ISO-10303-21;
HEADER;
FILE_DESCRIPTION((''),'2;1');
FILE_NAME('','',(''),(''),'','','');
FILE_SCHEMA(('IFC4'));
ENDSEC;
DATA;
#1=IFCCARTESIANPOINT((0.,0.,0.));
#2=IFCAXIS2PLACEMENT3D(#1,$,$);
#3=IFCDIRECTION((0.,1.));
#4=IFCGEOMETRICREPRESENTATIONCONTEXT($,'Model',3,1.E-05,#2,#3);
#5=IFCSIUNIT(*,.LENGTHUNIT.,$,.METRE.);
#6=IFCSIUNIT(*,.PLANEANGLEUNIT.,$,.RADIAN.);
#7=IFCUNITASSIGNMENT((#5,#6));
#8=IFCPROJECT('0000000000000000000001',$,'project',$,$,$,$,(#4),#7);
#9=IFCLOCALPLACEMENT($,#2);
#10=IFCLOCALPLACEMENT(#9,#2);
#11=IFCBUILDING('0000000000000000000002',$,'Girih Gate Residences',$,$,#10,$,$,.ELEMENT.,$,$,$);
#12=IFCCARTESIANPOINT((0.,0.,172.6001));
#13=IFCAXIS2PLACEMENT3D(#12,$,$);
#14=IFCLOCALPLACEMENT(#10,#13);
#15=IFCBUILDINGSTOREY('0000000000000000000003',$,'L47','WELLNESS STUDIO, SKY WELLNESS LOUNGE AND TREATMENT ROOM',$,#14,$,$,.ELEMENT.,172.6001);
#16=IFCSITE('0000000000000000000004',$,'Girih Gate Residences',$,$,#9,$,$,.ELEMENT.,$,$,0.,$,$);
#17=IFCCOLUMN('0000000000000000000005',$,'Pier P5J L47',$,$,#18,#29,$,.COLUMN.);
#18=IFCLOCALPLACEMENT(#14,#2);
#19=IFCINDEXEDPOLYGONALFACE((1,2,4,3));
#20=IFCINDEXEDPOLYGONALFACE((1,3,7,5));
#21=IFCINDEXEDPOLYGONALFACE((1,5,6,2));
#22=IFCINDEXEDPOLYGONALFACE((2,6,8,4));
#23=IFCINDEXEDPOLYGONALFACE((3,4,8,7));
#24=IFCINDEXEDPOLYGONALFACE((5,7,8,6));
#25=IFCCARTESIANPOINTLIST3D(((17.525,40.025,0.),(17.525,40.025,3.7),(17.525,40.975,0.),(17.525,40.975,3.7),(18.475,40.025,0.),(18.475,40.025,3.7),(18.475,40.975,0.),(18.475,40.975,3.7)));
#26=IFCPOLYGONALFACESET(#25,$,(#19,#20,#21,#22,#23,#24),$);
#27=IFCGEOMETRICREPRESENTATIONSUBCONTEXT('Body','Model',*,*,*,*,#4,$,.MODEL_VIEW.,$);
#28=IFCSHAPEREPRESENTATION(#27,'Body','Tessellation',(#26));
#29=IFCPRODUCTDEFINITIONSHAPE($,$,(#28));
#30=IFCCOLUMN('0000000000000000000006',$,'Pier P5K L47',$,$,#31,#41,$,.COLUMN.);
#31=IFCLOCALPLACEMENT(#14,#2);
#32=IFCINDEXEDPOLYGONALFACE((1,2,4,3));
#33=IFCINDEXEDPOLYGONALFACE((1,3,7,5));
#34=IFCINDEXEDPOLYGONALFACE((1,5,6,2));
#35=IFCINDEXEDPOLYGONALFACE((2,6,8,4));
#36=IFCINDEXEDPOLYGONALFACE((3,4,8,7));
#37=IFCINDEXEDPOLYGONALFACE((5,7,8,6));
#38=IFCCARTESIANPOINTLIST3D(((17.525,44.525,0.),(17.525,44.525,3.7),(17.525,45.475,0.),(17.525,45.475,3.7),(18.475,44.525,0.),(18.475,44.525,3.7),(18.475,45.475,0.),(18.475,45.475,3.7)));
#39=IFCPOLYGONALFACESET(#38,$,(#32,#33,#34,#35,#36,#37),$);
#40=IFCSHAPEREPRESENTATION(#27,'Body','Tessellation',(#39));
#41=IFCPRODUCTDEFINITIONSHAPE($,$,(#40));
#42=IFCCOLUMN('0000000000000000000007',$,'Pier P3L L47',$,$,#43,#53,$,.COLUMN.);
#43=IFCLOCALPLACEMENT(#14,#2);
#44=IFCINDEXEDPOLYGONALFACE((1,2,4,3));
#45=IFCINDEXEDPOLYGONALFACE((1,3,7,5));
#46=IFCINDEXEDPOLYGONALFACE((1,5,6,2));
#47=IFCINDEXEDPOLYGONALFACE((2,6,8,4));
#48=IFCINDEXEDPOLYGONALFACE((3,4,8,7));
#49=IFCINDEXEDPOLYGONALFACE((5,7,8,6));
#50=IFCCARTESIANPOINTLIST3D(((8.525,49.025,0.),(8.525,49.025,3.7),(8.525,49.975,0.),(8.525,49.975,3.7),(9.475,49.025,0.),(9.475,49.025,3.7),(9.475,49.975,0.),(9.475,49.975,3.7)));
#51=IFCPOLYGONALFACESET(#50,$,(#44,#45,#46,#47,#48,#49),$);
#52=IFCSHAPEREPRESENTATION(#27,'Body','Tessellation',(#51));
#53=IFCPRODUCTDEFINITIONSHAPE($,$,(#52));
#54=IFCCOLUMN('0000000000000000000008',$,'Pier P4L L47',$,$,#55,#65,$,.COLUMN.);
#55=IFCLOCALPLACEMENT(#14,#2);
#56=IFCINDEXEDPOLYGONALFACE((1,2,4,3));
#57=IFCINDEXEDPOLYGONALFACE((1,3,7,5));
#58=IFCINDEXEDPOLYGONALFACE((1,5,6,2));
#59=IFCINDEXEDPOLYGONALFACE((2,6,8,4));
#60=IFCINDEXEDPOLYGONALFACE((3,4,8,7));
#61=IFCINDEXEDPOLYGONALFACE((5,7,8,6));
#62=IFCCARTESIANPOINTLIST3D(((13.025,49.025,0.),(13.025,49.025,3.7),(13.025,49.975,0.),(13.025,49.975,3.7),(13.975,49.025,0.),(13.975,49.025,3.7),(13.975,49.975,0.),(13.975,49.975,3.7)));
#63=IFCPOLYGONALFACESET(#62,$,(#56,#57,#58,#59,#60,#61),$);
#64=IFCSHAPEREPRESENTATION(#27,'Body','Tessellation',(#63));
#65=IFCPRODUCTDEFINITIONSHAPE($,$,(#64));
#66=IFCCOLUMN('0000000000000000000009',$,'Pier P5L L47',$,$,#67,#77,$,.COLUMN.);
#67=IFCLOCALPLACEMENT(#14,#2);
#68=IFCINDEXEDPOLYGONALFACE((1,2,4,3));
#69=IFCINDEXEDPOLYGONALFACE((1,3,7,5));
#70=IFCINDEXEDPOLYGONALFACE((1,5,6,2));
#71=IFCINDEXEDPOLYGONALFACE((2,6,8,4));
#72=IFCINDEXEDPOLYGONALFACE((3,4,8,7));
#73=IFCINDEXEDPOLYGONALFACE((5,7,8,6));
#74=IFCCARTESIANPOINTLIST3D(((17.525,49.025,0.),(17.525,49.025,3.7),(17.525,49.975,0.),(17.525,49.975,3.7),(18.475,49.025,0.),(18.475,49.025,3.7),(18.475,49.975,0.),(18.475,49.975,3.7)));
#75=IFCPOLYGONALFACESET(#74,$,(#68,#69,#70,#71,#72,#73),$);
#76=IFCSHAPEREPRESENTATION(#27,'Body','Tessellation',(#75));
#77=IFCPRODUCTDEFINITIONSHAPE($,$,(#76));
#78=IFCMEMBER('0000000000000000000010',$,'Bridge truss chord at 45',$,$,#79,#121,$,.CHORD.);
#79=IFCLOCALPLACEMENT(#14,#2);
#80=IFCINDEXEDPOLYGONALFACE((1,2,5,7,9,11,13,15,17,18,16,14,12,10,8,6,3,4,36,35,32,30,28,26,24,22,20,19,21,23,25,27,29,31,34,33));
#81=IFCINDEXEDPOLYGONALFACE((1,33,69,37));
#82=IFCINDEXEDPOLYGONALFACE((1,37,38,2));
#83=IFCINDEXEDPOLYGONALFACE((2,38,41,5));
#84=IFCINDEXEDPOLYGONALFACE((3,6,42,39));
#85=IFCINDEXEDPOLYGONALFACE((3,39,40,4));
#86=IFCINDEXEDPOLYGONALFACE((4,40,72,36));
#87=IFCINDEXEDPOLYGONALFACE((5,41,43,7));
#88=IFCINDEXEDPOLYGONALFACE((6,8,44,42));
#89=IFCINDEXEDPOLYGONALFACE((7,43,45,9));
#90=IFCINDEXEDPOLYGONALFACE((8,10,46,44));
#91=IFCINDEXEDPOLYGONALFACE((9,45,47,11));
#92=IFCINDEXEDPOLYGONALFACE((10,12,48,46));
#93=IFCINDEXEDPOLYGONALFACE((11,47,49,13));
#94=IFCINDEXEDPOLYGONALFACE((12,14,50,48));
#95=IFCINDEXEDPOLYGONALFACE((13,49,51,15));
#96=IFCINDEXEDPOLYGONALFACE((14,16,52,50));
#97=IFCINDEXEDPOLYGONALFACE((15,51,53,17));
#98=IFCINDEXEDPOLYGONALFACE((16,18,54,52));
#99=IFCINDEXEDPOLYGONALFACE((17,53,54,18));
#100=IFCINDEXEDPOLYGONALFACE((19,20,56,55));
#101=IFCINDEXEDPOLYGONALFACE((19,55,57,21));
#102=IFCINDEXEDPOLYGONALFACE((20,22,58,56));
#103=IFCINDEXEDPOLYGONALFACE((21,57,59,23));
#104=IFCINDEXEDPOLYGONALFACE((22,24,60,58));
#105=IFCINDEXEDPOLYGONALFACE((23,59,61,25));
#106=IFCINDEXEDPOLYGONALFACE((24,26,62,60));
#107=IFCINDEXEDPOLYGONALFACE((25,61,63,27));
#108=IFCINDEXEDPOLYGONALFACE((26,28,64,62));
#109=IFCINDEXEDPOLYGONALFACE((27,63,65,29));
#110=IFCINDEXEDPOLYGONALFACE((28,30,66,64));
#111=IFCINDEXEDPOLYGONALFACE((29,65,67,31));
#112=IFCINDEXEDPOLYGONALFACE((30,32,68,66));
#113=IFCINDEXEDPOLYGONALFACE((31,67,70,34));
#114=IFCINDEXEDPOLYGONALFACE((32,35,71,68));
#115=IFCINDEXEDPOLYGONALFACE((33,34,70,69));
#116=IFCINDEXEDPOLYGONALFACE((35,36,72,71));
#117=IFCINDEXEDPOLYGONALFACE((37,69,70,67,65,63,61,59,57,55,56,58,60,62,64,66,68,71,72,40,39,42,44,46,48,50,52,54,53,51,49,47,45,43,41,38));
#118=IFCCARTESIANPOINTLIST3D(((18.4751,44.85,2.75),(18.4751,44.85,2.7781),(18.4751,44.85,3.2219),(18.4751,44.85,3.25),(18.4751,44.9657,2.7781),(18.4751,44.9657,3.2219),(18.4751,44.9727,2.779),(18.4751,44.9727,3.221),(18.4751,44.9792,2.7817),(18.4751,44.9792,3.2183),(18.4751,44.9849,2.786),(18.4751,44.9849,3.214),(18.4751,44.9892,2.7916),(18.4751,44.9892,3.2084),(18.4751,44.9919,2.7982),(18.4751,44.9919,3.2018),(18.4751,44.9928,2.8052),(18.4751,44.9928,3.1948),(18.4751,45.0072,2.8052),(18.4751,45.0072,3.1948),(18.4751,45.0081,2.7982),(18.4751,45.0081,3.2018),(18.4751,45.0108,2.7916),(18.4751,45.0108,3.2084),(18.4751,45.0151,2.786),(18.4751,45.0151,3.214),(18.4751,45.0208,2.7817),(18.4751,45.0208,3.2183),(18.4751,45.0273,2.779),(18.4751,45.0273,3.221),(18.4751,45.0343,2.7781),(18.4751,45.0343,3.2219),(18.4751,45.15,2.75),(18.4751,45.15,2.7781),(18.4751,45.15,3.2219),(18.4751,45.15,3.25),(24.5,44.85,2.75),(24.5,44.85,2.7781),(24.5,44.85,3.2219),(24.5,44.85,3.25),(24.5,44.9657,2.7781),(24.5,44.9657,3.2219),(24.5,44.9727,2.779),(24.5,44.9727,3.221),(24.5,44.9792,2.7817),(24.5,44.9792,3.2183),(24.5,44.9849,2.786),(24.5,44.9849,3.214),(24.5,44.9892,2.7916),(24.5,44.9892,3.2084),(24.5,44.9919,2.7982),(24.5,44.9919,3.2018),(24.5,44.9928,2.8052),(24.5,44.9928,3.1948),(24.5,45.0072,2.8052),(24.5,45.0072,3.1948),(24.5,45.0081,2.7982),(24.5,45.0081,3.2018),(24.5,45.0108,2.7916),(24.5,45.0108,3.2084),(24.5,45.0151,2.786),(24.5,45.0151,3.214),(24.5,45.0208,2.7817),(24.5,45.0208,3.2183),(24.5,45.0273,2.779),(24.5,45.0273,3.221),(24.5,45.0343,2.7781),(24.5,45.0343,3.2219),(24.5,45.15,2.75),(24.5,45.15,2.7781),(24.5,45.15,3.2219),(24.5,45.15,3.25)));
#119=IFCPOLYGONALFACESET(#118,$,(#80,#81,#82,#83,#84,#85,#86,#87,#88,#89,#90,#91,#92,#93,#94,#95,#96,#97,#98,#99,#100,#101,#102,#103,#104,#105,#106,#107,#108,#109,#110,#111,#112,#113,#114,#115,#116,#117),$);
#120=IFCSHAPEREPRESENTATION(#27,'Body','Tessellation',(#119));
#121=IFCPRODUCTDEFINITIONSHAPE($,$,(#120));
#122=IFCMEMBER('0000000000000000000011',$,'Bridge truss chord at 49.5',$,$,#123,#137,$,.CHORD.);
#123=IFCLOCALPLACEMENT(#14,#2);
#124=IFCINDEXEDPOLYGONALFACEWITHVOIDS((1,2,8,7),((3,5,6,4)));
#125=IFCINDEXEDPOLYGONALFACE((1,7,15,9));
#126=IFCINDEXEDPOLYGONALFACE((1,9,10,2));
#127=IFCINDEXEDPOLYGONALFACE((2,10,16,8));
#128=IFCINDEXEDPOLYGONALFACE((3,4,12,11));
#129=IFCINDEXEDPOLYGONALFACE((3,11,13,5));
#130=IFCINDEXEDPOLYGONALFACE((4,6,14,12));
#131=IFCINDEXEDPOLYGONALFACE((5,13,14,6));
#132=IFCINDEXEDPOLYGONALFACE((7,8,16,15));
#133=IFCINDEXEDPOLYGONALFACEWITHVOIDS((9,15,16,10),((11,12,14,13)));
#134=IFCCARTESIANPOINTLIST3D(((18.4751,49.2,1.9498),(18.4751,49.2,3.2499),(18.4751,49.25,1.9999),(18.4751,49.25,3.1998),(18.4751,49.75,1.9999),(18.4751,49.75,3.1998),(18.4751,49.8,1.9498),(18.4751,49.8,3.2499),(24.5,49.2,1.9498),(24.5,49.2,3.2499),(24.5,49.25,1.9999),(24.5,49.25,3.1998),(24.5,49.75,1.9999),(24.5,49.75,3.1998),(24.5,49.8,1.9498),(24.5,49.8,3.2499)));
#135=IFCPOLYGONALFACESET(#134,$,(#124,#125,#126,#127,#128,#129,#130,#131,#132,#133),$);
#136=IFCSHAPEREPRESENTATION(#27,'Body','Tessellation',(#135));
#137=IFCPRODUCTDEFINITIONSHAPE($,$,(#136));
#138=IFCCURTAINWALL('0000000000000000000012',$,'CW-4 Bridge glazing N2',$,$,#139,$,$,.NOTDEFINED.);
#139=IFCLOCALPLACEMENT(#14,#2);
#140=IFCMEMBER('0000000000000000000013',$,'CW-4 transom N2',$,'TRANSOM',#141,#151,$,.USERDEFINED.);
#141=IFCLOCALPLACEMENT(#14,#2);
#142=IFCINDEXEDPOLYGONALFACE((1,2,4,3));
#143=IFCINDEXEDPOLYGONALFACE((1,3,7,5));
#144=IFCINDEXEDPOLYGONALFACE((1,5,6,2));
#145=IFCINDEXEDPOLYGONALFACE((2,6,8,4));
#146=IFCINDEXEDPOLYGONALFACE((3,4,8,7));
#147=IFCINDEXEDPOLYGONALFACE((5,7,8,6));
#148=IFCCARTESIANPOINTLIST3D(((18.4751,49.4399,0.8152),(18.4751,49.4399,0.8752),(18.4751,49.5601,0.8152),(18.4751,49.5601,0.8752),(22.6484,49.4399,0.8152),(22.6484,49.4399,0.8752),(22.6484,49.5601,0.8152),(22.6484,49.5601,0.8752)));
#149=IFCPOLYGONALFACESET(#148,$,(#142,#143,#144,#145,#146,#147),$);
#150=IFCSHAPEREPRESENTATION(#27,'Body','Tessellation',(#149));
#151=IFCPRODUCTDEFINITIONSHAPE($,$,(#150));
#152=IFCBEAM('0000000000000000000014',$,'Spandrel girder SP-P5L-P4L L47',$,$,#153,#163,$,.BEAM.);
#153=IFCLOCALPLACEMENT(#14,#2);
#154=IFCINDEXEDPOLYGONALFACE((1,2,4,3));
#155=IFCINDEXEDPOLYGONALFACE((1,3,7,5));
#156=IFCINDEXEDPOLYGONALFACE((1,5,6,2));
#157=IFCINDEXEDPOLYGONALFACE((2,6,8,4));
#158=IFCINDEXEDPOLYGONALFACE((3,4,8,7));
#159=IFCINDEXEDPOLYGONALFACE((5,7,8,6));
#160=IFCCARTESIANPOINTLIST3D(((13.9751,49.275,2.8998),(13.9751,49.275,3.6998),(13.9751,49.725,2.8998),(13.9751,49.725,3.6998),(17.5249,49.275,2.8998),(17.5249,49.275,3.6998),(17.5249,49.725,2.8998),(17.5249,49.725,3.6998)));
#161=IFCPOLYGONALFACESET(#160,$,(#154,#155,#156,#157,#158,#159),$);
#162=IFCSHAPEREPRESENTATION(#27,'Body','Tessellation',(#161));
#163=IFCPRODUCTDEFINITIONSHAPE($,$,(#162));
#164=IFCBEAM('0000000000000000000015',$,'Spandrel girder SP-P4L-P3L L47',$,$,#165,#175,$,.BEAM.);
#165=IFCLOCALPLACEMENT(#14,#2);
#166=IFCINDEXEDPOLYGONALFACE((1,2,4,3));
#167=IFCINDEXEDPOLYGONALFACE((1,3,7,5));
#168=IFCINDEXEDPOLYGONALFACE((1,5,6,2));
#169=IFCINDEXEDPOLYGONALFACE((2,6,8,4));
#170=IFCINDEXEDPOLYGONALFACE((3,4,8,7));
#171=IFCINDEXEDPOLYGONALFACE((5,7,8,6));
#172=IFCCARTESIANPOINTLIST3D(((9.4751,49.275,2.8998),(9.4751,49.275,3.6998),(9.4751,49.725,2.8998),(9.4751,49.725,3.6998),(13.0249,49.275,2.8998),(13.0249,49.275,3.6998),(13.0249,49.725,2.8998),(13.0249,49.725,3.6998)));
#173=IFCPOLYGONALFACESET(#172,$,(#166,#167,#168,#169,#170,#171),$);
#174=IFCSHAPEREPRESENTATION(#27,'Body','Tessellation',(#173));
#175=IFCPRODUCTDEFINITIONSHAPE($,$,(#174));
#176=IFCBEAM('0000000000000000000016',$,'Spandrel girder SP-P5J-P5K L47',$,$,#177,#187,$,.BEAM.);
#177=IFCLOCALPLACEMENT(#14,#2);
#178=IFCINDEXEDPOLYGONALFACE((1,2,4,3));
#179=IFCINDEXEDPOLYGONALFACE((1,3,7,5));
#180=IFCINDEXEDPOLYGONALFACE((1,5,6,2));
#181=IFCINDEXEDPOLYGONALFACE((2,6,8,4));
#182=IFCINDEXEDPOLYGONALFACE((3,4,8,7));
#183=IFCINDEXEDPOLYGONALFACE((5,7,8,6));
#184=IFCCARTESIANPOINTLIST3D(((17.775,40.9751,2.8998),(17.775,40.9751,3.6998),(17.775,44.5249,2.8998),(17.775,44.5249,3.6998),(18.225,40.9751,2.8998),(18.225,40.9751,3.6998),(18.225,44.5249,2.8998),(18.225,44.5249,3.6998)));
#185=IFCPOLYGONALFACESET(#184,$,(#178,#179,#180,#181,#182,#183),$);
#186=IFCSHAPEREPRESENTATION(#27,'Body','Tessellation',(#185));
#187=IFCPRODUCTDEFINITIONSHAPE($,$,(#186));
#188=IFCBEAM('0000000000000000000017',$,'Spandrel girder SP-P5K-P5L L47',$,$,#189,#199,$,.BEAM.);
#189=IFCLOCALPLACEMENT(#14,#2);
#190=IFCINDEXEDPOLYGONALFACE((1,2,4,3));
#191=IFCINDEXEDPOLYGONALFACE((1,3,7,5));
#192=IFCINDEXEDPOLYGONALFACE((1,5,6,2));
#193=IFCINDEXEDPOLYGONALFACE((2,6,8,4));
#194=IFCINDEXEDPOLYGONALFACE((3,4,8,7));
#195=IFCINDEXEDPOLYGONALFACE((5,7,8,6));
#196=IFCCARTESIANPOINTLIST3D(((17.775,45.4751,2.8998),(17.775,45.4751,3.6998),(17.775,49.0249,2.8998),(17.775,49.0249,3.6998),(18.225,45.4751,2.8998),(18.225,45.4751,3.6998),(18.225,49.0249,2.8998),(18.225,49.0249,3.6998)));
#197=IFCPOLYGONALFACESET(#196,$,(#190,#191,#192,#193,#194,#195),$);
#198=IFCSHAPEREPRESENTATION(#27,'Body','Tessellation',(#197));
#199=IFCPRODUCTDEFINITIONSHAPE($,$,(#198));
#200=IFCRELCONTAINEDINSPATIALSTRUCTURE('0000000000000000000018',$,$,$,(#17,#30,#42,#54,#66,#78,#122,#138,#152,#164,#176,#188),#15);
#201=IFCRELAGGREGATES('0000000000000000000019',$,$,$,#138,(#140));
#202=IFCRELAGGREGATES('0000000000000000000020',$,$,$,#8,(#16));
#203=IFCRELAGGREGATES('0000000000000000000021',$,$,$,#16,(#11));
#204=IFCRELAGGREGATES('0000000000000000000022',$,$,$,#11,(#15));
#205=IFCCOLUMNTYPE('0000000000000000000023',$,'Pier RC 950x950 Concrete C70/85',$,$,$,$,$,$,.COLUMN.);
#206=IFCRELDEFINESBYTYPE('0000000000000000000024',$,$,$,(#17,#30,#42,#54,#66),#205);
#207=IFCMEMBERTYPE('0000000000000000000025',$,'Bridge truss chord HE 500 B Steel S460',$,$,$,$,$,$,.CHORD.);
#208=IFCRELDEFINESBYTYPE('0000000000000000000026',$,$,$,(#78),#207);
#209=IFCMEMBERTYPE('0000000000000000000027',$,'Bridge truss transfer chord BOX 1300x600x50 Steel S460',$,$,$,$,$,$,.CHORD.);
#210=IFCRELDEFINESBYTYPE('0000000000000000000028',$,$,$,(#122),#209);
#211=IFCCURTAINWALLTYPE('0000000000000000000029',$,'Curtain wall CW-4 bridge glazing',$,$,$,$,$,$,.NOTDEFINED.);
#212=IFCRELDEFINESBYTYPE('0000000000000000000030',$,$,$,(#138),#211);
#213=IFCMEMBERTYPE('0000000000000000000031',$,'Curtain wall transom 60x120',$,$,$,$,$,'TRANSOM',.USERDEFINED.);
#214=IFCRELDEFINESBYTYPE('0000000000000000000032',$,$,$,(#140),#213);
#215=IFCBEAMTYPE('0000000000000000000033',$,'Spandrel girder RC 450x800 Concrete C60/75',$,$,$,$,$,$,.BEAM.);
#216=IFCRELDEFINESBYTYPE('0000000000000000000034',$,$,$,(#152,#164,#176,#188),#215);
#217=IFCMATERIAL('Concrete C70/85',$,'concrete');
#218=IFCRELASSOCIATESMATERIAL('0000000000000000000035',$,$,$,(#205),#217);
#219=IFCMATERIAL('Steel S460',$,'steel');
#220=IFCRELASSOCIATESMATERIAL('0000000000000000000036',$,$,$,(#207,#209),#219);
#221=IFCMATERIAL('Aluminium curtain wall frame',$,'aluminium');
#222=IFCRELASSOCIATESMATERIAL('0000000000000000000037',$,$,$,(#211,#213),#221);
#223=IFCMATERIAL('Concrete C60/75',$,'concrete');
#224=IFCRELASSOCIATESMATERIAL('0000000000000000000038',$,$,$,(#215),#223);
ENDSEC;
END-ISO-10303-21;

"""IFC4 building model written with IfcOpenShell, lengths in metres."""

from ifc_helpers import new_model, si_unit, direction, frame, origin, origin_2d, place, context, subcontext, project, spatial, rectangle, hollow_rectangle, i_section, extrude, material, material_profile, profile_set, type_object, element, aggregate, save


model = new_model("IFC4")

# Units and contexts
model_context = context("Model", 3, precision=1e-05, world=origin(), true_north=direction((0.0, 1.0)))
body_context = subcontext(model_context, "Body", "Model", "MODEL_VIEW")
ifc_project = project(units=[si_unit("LENGTHUNIT", "METRE"), si_unit("PLANEANGLEUNIT", "RADIAN")], contexts=[model_context])

# Site, building, storey
site_placement = place(None, origin())
site = spatial("IfcSite", under=ifc_project, at=site_placement, Name="Girih Gate Residences", CompositionType="ELEMENT", RefElevation=0.0)
building_placement = place(site_placement, origin())
building = spatial("IfcBuilding", under=site, at=building_placement, Name="Girih Gate Residences", CompositionType="ELEMENT")
storey_placement = place(building_placement, frame((0.0, 0.0, 172.6001)))
storey = spatial("IfcBuildingStorey", under=building, at=storey_placement, Name="L47", Description="WELLNESS STUDIO, SKY WELLNESS LOUNGE AND TREATMENT ROOM", CompositionType="ELEMENT", Elevation=172.6001)

# Columns
ifc_material_1 = material(Name="Concrete C70/85", Category="concrete")
ifc_material_profile_1 = material_profile(ifc_material_1, rectangle(XDim=0.95, YDim=0.95, at=origin_2d()))
ifc_profile_set_1 = profile_set([ifc_material_profile_1], Name="Concrete C70/85")
column_type = type_object("IfcColumnType", Name="Pier RC 950x950 Concrete C70/85", PredefinedType="COLUMN", material=ifc_profile_set_1)
for number, where, z_axis, x_axis, name in (
    (1, (18.0, 40.5, 0.0), (0.0, 0.0, 1.0), (1.0, 0.0, 0.0), "Pier P5J L47"),
    (2, (18.0, 45.0, 0.0), (0.0, 0.0, 1.0), (1.0, 0.0, 0.0), "Pier P5K L47"),
    (3, (9.0, 49.5, 0.0), (0.0, 0.0, 1.0), (1.0, 0.0, 0.0), "Pier P3L L47"),
    (4, (13.5, 49.5, 0.0), (0.0, 0.0, 1.0), (1.0, 0.0, 0.0), "Pier P4L L47"),
    (5, (18.0, 49.5, 0.0), (0.0, 0.0, 1.0), (1.0, 0.0, 0.0), "Pier P5L L47"),
):
    element("IfcColumn", number, at=place(storey_placement, frame(where, z_axis=z_axis, x_axis=x_axis)), inside=storey, type_object=column_type, Name=name, PredefinedType="COLUMN", context=body_context, shape_type="SweptSolid", body=[
        extrude(rectangle(XDim=0.95, YDim=0.95, at=origin_2d()), origin(), (0.0, 0.0, 1.0), 3.7),
    ])

# Members
ifc_material_2 = material(Name="Steel S460", Category="steel")
ifc_material_profile_2 = material_profile(ifc_material_2, i_section(OverallWidth=0.3, OverallDepth=0.5, WebThickness=0.0144, FlangeThickness=0.0281, FilletRadius=0.0271, at=origin_2d()))
ifc_profile_set_2 = profile_set([ifc_material_profile_2], Name="Steel S460")
member_type_1 = type_object("IfcMemberType", Name="Bridge truss chord HE 500 B Steel S460", PredefinedType="CHORD", material=ifc_profile_set_2)
member_1_placement = place(storey_placement, frame((18.4751, 45.0, 3.0), z_axis=(1.0, 0.0, 0.0), x_axis=(0.0, 1.0, 0.0)))
element("IfcMember", 6, at=member_1_placement, inside=storey, type_object=member_type_1, Name="Bridge truss chord at 45", PredefinedType="CHORD", context=body_context, shape_type="SweptSolid", body=[
    extrude(i_section(OverallWidth=0.3, OverallDepth=0.5, WebThickness=0.0144, FlangeThickness=0.0281, FilletRadius=0.0271, at=origin_2d()), origin(), (0.0, 0.0, 1.0), 6.0249),
])
ifc_material_profile_3 = material_profile(ifc_material_2, hollow_rectangle(XDim=0.6001, YDim=1.3, WallThickness=0.05, at=origin_2d()))
ifc_profile_set_3 = profile_set([ifc_material_profile_3], Name="Steel S460")
member_type_2 = type_object("IfcMemberType", Name="Bridge truss transfer chord BOX 1300x600x50 Steel S460", PredefinedType="CHORD", material=ifc_profile_set_3)
member_2_placement = place(storey_placement, frame((18.4751, 49.5, 2.5999), z_axis=(1.0, 0.0, 0.0), x_axis=(0.0, 1.0, 0.0)))
element("IfcMember", 7, at=member_2_placement, inside=storey, type_object=member_type_2, Name="Bridge truss chord at 49.5", PredefinedType="CHORD", context=body_context, shape_type="SweptSolid", body=[
    extrude(hollow_rectangle(XDim=0.6001, YDim=1.3, WallThickness=0.05, at=origin_2d()), origin(), (0.0, 0.0, 1.0), 6.0249),
])

# Curtain wall, member
ifc_material_3 = material(Name="Aluminium curtain wall frame", Category="aluminium")
curtain_wall_type = type_object("IfcCurtainWallType", Name="Curtain wall CW-4 bridge glazing", PredefinedType="NOTDEFINED", material=ifc_material_3)
curtain_wall_placement = place(storey_placement, origin())
curtain_wall = element("IfcCurtainWall", 8, at=curtain_wall_placement, inside=storey, type_object=curtain_wall_type, Name="CW-4 Bridge glazing N2", PredefinedType="NOTDEFINED")
ifc_material_profile_4 = material_profile(ifc_material_3, rectangle(XDim=0.1201, YDim=0.0601, at=origin_2d()))
ifc_profile_set_4 = profile_set([ifc_material_profile_4], Name="Aluminium curtain wall frame")
member_type_3 = type_object("IfcMemberType", Name="Curtain wall transom 60x120", ElementType="TRANSOM", PredefinedType="USERDEFINED", material=ifc_profile_set_4)
member_3_placement = place(storey_placement, frame((18.4751, 49.5, 0.8452), z_axis=(1.0, 0.0, 0.0), x_axis=(0.0, 1.0, 0.0)))
member_3 = element("IfcMember", 9, at=member_3_placement, type_object=member_type_3, Name="CW-4 transom N2", ObjectType="TRANSOM", PredefinedType="USERDEFINED", context=body_context, shape_type="SweptSolid", body=[
    extrude(rectangle(XDim=0.1201, YDim=0.0601, at=origin_2d()), origin(), (0.0, 0.0, 1.0), 4.1733),
])
aggregate(curtain_wall, [member_3])

# Beams
ifc_material_4 = material(Name="Concrete C60/75", Category="concrete")
ifc_material_profile_5 = material_profile(ifc_material_4, rectangle(XDim=0.45, YDim=0.8, at=origin_2d()))
ifc_profile_set_5 = profile_set([ifc_material_profile_5], Name="Concrete C60/75")
beam_type = type_object("IfcBeamType", Name="Spandrel girder RC 450x800 Concrete C60/75", PredefinedType="BEAM", material=ifc_profile_set_5)
for number, where, z_axis, x_axis, name in (
    (10, (17.5249, 49.5, 3.2998), (-1.0, 0.0, 0.0), (0.0, -1.0, 0.0), "Spandrel girder SP-P5L-P4L L47"),
    (11, (13.0249, 49.5, 3.2998), (-1.0, 0.0, 0.0), (0.0, -1.0, 0.0), "Spandrel girder SP-P4L-P3L L47"),
    (12, (18.0, 40.9751, 3.2998), (0.0, 1.0, 0.0), (-1.0, 0.0, 0.0), "Spandrel girder SP-P5J-P5K L47"),
    (13, (18.0, 45.4751, 3.2998), (0.0, 1.0, 0.0), (-1.0, 0.0, 0.0), "Spandrel girder SP-P5K-P5L L47"),
):
    element("IfcBeam", number, at=place(storey_placement, frame(where, z_axis=z_axis, x_axis=x_axis)), inside=storey, type_object=beam_type, Name=name, PredefinedType="BEAM", context=body_context, shape_type="SweptSolid", body=[
        extrude(rectangle(XDim=0.45, YDim=0.8, at=origin_2d()), origin(), (0.0, 0.0, 1.0), 3.5498),
    ])

save(model, "model.ifc")
